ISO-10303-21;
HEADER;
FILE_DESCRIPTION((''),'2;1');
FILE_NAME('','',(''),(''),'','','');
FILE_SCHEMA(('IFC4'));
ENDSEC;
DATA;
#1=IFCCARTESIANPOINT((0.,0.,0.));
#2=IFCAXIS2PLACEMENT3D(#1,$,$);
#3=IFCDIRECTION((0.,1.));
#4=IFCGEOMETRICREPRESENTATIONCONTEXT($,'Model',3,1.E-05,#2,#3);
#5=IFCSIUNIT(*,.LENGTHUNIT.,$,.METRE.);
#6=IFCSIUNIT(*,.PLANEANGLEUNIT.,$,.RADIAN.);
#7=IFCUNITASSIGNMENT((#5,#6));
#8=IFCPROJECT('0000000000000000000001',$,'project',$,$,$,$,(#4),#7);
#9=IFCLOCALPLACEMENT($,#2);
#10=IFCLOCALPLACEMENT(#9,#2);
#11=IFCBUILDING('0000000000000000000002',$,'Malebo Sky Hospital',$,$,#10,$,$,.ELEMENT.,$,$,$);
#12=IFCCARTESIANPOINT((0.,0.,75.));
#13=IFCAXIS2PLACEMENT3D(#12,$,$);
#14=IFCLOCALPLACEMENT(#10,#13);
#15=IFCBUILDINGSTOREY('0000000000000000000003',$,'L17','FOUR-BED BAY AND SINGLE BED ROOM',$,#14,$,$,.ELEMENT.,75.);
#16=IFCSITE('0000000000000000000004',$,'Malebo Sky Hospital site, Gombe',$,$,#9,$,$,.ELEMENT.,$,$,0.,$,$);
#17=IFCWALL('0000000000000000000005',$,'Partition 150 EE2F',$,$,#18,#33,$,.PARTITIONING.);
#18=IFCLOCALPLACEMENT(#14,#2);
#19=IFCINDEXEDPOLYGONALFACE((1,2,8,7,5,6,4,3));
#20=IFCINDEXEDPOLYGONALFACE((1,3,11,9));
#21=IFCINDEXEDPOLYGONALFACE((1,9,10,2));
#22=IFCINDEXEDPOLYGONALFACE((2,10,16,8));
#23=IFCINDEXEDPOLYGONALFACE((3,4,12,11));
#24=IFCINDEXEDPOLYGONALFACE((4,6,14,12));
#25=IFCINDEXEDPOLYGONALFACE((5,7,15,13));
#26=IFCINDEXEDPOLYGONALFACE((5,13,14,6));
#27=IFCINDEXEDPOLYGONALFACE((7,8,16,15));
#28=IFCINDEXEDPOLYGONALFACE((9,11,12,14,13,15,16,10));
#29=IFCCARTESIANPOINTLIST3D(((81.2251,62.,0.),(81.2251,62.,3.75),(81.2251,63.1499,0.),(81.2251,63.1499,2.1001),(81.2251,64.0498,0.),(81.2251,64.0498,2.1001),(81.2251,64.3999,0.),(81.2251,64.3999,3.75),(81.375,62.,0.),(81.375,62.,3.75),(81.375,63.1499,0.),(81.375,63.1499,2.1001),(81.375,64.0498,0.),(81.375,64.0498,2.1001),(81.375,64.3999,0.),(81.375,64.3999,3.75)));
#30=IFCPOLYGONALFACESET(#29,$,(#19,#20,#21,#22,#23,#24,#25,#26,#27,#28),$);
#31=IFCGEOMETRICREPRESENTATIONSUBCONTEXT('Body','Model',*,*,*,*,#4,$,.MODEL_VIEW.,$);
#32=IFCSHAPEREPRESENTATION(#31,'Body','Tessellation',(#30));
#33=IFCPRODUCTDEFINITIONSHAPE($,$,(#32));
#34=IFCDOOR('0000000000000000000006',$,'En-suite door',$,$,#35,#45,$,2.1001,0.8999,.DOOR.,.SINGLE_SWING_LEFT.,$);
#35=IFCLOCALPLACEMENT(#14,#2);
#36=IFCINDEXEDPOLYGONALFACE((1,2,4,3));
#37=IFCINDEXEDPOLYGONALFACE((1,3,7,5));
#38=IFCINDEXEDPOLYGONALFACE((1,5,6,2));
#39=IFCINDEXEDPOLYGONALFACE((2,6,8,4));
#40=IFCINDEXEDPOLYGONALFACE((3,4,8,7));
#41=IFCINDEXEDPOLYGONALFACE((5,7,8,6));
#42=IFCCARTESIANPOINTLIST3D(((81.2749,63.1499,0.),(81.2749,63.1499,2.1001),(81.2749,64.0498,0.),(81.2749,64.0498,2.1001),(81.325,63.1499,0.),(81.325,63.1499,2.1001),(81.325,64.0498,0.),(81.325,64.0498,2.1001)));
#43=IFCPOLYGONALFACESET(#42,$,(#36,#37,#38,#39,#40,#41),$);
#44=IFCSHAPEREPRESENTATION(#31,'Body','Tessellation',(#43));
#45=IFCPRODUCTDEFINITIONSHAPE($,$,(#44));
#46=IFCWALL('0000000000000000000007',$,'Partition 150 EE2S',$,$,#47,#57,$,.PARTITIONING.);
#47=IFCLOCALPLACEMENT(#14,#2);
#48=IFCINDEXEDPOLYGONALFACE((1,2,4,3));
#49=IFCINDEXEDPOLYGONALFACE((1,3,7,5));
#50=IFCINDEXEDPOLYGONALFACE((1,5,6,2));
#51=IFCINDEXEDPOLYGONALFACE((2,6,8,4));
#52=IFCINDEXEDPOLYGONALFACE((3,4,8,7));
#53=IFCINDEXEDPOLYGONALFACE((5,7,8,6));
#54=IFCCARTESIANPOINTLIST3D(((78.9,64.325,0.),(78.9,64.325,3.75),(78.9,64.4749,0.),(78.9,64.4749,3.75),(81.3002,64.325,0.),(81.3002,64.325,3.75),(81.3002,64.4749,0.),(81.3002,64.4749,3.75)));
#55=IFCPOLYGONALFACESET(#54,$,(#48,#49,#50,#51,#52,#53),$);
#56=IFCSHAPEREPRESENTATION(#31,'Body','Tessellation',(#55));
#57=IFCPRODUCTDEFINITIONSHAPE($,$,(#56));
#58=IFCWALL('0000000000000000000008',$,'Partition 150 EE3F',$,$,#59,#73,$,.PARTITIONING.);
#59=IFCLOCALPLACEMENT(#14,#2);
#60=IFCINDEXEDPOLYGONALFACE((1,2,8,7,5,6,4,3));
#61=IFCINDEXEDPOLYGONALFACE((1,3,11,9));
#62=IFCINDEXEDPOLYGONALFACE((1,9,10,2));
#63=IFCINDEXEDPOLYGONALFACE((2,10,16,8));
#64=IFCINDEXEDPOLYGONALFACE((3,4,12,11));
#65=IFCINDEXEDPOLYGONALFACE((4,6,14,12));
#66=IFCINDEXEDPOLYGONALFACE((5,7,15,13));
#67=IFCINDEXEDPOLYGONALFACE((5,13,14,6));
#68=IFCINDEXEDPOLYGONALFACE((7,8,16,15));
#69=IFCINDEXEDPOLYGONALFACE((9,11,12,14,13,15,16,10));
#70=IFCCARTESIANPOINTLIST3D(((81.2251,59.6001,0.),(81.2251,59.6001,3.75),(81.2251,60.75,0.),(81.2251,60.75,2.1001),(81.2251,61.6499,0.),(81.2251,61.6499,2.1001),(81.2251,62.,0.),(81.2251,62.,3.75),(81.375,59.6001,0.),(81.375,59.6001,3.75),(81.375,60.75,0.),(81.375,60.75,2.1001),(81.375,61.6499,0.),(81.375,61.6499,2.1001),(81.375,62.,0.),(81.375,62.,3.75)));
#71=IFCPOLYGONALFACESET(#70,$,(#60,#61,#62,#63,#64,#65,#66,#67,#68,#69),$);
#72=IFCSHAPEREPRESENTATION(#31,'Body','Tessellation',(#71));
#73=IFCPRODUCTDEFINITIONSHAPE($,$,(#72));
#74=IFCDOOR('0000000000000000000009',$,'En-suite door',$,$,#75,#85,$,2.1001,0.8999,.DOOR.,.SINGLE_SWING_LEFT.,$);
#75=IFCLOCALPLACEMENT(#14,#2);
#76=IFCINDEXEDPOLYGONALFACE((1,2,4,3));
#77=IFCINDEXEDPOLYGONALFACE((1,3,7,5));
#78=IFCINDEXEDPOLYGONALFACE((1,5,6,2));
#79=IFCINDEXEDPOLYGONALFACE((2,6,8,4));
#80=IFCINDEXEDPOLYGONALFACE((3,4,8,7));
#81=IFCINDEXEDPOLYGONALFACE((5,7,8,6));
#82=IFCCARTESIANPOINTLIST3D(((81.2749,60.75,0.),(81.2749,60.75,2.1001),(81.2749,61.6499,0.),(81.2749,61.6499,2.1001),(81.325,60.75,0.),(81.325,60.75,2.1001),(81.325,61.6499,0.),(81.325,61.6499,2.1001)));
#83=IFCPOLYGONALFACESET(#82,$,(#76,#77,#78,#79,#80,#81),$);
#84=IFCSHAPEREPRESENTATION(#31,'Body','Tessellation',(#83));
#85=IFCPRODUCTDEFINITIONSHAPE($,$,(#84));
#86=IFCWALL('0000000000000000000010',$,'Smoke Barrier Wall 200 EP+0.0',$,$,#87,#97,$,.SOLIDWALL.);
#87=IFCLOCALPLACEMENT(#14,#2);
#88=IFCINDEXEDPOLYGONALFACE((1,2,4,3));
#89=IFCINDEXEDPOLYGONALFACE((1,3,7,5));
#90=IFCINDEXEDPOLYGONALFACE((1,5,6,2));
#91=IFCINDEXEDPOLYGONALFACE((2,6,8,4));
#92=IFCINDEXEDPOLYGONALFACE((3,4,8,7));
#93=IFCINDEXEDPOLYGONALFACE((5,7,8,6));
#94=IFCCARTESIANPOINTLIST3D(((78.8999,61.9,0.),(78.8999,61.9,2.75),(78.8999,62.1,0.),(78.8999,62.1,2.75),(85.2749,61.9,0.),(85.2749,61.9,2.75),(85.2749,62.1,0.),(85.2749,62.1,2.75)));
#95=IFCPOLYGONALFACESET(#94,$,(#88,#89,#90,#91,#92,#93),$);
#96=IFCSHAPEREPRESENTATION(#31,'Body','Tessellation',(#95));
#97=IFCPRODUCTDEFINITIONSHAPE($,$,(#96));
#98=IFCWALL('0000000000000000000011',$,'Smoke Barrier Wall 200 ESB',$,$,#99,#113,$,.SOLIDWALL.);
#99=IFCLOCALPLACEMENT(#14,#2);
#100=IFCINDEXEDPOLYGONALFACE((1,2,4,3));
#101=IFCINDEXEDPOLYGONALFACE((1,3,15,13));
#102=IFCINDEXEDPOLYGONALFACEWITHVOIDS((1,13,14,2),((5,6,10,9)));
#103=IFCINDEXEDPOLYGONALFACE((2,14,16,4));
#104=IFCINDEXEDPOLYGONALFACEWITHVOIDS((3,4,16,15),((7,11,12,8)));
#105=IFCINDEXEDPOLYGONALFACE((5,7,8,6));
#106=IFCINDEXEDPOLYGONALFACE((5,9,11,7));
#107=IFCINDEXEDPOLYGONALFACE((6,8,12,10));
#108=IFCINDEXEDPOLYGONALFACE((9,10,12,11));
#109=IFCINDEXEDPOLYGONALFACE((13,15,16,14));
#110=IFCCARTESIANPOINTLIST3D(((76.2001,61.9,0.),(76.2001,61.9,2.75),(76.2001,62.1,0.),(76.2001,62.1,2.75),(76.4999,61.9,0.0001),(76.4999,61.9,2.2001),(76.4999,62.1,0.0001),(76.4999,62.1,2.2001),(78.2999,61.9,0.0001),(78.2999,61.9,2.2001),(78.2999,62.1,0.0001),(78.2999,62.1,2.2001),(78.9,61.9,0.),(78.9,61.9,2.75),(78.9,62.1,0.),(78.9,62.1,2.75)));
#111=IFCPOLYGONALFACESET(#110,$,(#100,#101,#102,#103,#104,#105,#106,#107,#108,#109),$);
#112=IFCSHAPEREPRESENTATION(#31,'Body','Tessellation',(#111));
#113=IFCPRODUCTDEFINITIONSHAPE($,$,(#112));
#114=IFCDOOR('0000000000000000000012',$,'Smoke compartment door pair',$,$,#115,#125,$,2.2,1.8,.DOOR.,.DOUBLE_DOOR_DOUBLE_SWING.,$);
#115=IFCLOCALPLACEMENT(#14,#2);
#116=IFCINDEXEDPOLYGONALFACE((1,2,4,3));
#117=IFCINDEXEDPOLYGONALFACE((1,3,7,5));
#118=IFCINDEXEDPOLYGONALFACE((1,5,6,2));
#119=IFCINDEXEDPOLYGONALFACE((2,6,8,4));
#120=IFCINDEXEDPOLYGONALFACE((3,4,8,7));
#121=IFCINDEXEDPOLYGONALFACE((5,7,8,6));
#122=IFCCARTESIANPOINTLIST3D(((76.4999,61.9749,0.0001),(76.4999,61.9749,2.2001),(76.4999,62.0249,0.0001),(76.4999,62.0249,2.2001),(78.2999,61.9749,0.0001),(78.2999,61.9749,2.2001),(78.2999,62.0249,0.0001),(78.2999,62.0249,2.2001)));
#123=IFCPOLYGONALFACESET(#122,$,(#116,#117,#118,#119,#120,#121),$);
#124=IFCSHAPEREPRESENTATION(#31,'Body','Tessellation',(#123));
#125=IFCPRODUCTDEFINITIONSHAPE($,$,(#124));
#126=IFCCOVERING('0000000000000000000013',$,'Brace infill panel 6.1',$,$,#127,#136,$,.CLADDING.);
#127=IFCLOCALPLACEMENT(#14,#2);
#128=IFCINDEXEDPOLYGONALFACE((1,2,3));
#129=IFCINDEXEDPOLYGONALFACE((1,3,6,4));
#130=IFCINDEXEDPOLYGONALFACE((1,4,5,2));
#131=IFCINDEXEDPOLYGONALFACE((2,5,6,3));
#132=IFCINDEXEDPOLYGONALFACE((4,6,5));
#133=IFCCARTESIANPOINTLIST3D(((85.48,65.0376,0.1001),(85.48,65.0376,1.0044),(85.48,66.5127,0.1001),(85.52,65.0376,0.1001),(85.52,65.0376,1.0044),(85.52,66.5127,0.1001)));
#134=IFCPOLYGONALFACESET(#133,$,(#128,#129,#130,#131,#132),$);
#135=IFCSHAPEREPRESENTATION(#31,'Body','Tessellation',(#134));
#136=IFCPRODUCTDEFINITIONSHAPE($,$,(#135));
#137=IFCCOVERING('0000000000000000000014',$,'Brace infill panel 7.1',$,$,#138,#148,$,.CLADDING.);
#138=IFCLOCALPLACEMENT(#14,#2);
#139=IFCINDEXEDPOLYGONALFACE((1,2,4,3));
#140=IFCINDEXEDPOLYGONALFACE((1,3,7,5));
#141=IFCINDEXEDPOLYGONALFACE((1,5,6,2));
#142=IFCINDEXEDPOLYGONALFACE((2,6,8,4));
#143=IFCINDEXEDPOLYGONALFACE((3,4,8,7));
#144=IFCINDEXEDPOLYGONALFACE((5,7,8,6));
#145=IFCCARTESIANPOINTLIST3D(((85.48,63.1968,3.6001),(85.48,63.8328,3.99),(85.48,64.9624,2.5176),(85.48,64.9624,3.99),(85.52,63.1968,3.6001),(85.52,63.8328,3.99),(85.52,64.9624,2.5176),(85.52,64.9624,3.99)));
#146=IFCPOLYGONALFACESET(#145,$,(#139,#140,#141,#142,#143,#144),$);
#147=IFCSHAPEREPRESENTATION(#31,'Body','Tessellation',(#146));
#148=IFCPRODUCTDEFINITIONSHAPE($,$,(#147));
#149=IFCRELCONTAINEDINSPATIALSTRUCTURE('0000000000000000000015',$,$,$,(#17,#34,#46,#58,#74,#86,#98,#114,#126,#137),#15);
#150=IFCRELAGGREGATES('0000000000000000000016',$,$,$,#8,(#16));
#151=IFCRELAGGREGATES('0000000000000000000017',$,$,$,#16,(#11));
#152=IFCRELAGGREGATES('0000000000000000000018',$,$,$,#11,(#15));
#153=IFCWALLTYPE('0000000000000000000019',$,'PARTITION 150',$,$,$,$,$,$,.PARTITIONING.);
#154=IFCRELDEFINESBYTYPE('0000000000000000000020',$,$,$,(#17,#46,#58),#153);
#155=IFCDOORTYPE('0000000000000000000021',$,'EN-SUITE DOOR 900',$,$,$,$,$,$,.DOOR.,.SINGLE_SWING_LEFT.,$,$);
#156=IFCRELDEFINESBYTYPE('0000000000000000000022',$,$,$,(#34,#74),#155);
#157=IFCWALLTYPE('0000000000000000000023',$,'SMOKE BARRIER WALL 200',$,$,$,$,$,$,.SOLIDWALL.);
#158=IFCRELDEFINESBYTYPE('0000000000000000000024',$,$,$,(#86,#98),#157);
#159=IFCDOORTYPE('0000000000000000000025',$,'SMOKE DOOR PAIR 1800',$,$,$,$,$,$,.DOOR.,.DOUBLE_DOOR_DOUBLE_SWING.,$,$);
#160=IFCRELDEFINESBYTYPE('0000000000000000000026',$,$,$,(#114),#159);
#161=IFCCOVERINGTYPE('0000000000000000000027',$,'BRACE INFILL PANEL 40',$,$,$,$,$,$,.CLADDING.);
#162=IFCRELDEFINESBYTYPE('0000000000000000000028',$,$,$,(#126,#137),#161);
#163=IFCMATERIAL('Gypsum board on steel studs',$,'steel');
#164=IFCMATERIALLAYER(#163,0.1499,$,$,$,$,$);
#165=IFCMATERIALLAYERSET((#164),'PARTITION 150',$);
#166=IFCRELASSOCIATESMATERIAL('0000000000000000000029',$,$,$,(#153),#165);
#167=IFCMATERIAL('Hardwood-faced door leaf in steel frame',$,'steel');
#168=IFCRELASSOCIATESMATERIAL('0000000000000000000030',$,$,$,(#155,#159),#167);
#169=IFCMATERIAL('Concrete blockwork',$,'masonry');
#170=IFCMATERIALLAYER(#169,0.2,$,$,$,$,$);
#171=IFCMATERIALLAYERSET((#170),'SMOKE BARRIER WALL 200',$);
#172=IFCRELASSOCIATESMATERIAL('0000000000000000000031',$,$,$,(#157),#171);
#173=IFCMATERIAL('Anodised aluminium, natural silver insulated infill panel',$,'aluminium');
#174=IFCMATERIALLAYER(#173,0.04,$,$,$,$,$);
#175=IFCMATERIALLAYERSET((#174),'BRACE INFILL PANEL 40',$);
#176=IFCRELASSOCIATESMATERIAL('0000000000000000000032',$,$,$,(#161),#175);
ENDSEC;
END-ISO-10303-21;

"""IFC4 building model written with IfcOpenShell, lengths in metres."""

from ifc_helpers import new_model, si_unit, direction, frame, frame_2d, origin, place, context, subcontext, project, spatial, polyline, rectangle, outline, extrude, material, layer, layer_set, type_object, element, fill, save


model = new_model("IFC4")

# Units and contexts
model_context = context("Model", 3, precision=1e-05, world=origin(), true_north=direction((0.0, 1.0)))
body_context = subcontext(model_context, "Body", "Model", "MODEL_VIEW")
ifc_project = project(units=[si_unit("LENGTHUNIT", "METRE"), si_unit("PLANEANGLEUNIT", "RADIAN")], contexts=[model_context])

# Site, building, storey
site_placement = place(None, origin())
site = spatial("IfcSite", under=ifc_project, at=site_placement, Name="Malebo Sky Hospital site, Gombe", CompositionType="ELEMENT", RefElevation=0.0)
building_placement = place(site_placement, origin())
building = spatial("IfcBuilding", under=site, at=building_placement, Name="Malebo Sky Hospital", CompositionType="ELEMENT")
storey_placement = place(building_placement, frame((0.0, 0.0, 75.0)))
storey = spatial("IfcBuildingStorey", under=building, at=storey_placement, Name="L17", Description="FOUR-BED BAY AND SINGLE BED ROOM", CompositionType="ELEMENT", Elevation=75.0)

# Shared definitions
ifc_material_1 = material(Name="Gypsum board on steel studs", Category="steel")
ifc_material_2 = material(Name="Hardwood-faced door leaf in steel frame", Category="steel")

# Wall, opening, door
ifc_layer_1 = layer(ifc_material_1, 0.1499)
ifc_layer_set_1 = layer_set([ifc_layer_1], Name="PARTITION 150")
wall_type_1 = type_object("IfcWallType", Name="PARTITION 150", PredefinedType="PARTITIONING", material=ifc_layer_set_1)
wall_1_placement = place(storey_placement, frame((81.3, 64.3999, 0.0), z_axis=(0.0, 0.0, 1.0), x_axis=(0.0, -1.0, 0.0)))
wall_1 = element("IfcWall", 1, at=wall_1_placement, inside=storey, type_object=wall_type_1, Name="Partition 150 EE2F", PredefinedType="PARTITIONING", context=body_context, shape_type="SweptSolid", body=[
    extrude(rectangle(XDim=2.3999, YDim=0.1499, at=frame_2d((1.2, 0.0))), origin(), (0.0, 0.0, 1.0), 3.75),
])
opening_1_placement = place(wall_1_placement, frame((0.3501, 0.0, 0.0)))
opening_1 = element("IfcOpeningElement", 2, at=opening_1_placement, cuts=wall_1, PredefinedType="OPENING", context=body_context, shape_type="SweptSolid", body=[
    extrude(rectangle(XDim=0.8999, YDim=2.1001, at=frame_2d((0.45, 1.05))), frame((0.0, 0.085, 0.0), z_axis=(0.0, -1.0, 0.0), x_axis=(1.0, 0.0, 0.0)), (0.0, 0.0, 1.0), 0.1699),
])
door_type_1 = type_object("IfcDoorType", Name="EN-SUITE DOOR 900", OperationType="SINGLE_SWING_LEFT", PredefinedType="DOOR", material=ifc_material_2)
door_1_placement = place(opening_1_placement, origin())
door_1 = element("IfcDoor", 3, at=door_1_placement, inside=storey, type_object=door_type_1, Name="En-suite door", OperationType="SINGLE_SWING_LEFT", OverallHeight=2.1001, OverallWidth=0.8999, PredefinedType="DOOR", context=body_context, shape_type="SweptSolid", body=[
    extrude(rectangle(XDim=0.8999, YDim=2.1001, at=frame_2d((0.45, 1.05))), frame((0.0, 0.0249, 0.0), z_axis=(0.0, -1.0, 0.0), x_axis=(1.0, 0.0, 0.0)), (0.0, 0.0, 1.0), 0.05),
])
fill(opening_1, door_1)

# Wall
wall_2_placement = place(storey_placement, frame((78.8999, 64.3999, 0.0), z_axis=(0.0, 0.0, 1.0), x_axis=(1.0, 0.0, 0.0)))
element("IfcWall", 4, at=wall_2_placement, inside=storey, type_object=wall_type_1, Name="Partition 150 EE2S", PredefinedType="PARTITIONING", context=body_context, shape_type="SweptSolid", body=[
    extrude(rectangle(XDim=2.4001, YDim=0.1499, at=frame_2d((1.2002, 0.0))), origin(), (0.0, 0.0, 1.0), 3.75),
])

# Wall, opening, door
wall_3_placement = place(storey_placement, frame((81.3, 62.0, 0.0), z_axis=(0.0, 0.0, 1.0), x_axis=(0.0, -1.0, 0.0)))
wall_3 = element("IfcWall", 5, at=wall_3_placement, inside=storey, type_object=wall_type_1, Name="Partition 150 EE3F", PredefinedType="PARTITIONING", context=body_context, shape_type="SweptSolid", body=[
    extrude(rectangle(XDim=2.3999, YDim=0.1499, at=frame_2d((1.2, 0.0))), origin(), (0.0, 0.0, 1.0), 3.75),
])
opening_2_placement = place(wall_3_placement, frame((0.3501, 0.0, 0.0)))
opening_2 = element("IfcOpeningElement", 6, at=opening_2_placement, cuts=wall_3, PredefinedType="OPENING", context=body_context, shape_type="SweptSolid", body=[
    extrude(rectangle(XDim=0.8999, YDim=2.1001, at=frame_2d((0.45, 1.05))), frame((0.0, 0.085, 0.0), z_axis=(0.0, -1.0, 0.0), x_axis=(1.0, 0.0, 0.0)), (0.0, 0.0, 1.0), 0.1699),
])
door_2_placement = place(opening_2_placement, origin())
door_2 = element("IfcDoor", 7, at=door_2_placement, inside=storey, type_object=door_type_1, Name="En-suite door", OperationType="SINGLE_SWING_LEFT", OverallHeight=2.1001, OverallWidth=0.8999, PredefinedType="DOOR", context=body_context, shape_type="SweptSolid", body=[
    extrude(rectangle(XDim=0.8999, YDim=2.1001, at=frame_2d((0.45, 1.05))), frame((0.0, 0.0249, 0.0), z_axis=(0.0, -1.0, 0.0), x_axis=(1.0, 0.0, 0.0)), (0.0, 0.0, 1.0), 0.05),
])
fill(opening_2, door_2)

# Wall
ifc_material_3 = material(Name="Concrete blockwork", Category="masonry")
ifc_layer_2 = layer(ifc_material_3, 0.2)
ifc_layer_set_2 = layer_set([ifc_layer_2], Name="SMOKE BARRIER WALL 200")
wall_type_2 = type_object("IfcWallType", Name="SMOKE BARRIER WALL 200", PredefinedType="SOLIDWALL", material=ifc_layer_set_2)
wall_4_placement = place(storey_placement, frame((78.8999, 62.0, 0.0), z_axis=(0.0, 0.0, 1.0), x_axis=(1.0, 0.0, 0.0)))
element("IfcWall", 8, at=wall_4_placement, inside=storey, type_object=wall_type_2, Name="Smoke Barrier Wall 200 EP+0.0", PredefinedType="SOLIDWALL", context=body_context, shape_type="SweptSolid", body=[
    extrude(rectangle(XDim=6.375, YDim=0.2, at=frame_2d((3.1875, 0.0))), origin(), (0.0, 0.0, 1.0), 2.75),
])

# Wall, opening, door
wall_5_placement = place(storey_placement, frame((76.2, 62.0, 0.0), z_axis=(0.0, 0.0, 1.0), x_axis=(1.0, 0.0, 0.0)))
wall_5 = element("IfcWall", 9, at=wall_5_placement, inside=storey, type_object=wall_type_2, Name="Smoke Barrier Wall 200 ESB", PredefinedType="SOLIDWALL", context=body_context, shape_type="SweptSolid", body=[
    extrude(rectangle(XDim=2.7, YDim=0.2, at=frame_2d((1.3501, 0.0))), origin(), (0.0, 0.0, 1.0), 2.75),
])
opening_3_placement = place(wall_5_placement, frame((0.3, 0.0, 0.0)))
opening_3 = element("IfcOpeningElement", 10, at=opening_3_placement, cuts=wall_5, PredefinedType="OPENING", context=body_context, shape_type="SweptSolid", body=[
    extrude(rectangle(XDim=1.8, YDim=2.2, at=frame_2d((0.8999, 1.1001))), frame((0.0, 0.1099, 0.0), z_axis=(0.0, -1.0, 0.0), x_axis=(1.0, 0.0, 0.0)), (0.0, 0.0, 1.0), 0.22),
])
door_type_2 = type_object("IfcDoorType", Name="SMOKE DOOR PAIR 1800", OperationType="DOUBLE_DOOR_DOUBLE_SWING", PredefinedType="DOOR", material=ifc_material_2)
door_3_placement = place(opening_3_placement, origin())
door_3 = element("IfcDoor", 11, at=door_3_placement, inside=storey, type_object=door_type_2, Name="Smoke compartment door pair", OperationType="DOUBLE_DOOR_DOUBLE_SWING", OverallHeight=2.2, OverallWidth=1.8, PredefinedType="DOOR", context=body_context, shape_type="SweptSolid", body=[
    extrude(rectangle(XDim=1.8, YDim=2.2, at=frame_2d((0.8999, 1.1001))), frame((0.0, 0.0249, 0.0), z_axis=(0.0, -1.0, 0.0), x_axis=(1.0, 0.0, 0.0)), (0.0, 0.0, 1.0), 0.05),
])
fill(opening_3, door_3)

# Coverings
ifc_material_4 = material(Name="Anodised aluminium, natural silver insulated infill panel", Category="aluminium")
ifc_layer_3 = layer(ifc_material_4, 0.04)
ifc_layer_set_3 = layer_set([ifc_layer_3], Name="BRACE INFILL PANEL 40")
covering_type = type_object("IfcCoveringType", Name="BRACE INFILL PANEL 40", PredefinedType="CLADDING", material=ifc_layer_set_3)
covering_1_placement = place(storey_placement, frame((85.5, 65.7751, 0.1001), z_axis=(0.0, 0.0, 1.0), x_axis=(0.0, -1.0, 0.0)))
element("IfcCovering", 12, at=covering_1_placement, inside=storey, type_object=covering_type, Name="Brace infill panel 6.1", PredefinedType="CLADDING", context=body_context, shape_type="SweptSolid", body=[
    extrude(outline(polyline([(-0.7375, 0.0), (0.7375, 0.0), (0.7375, 0.9043), (-0.7375, 0.0)])), frame((0.0, 0.02, 0.0), z_axis=(0.0, -1.0, 0.0), x_axis=(1.0, 0.0, 0.0)), (0.0, 0.0, 1.0), 0.04),
])
covering_2_placement = place(storey_placement, frame((85.5, 64.0796, 2.5176), z_axis=(0.0, 0.0, 1.0), x_axis=(0.0, -1.0, 0.0)))
element("IfcCovering", 13, at=covering_2_placement, inside=storey, type_object=covering_type, Name="Brace infill panel 7.1", PredefinedType="CLADDING", context=body_context, shape_type="SweptSolid", body=[
    extrude(outline(polyline([(-0.8828, 0.0), (0.8828, 1.0825), (0.2468, 1.4724), (-0.8828, 1.4724), (-0.8828, 0.0)])), frame((0.0, 0.02, 0.0), z_axis=(0.0, -1.0, 0.0), x_axis=(1.0, 0.0, 0.0)), (0.0, 0.0, 1.0), 0.04),
])

save(model, "model.ifc")
